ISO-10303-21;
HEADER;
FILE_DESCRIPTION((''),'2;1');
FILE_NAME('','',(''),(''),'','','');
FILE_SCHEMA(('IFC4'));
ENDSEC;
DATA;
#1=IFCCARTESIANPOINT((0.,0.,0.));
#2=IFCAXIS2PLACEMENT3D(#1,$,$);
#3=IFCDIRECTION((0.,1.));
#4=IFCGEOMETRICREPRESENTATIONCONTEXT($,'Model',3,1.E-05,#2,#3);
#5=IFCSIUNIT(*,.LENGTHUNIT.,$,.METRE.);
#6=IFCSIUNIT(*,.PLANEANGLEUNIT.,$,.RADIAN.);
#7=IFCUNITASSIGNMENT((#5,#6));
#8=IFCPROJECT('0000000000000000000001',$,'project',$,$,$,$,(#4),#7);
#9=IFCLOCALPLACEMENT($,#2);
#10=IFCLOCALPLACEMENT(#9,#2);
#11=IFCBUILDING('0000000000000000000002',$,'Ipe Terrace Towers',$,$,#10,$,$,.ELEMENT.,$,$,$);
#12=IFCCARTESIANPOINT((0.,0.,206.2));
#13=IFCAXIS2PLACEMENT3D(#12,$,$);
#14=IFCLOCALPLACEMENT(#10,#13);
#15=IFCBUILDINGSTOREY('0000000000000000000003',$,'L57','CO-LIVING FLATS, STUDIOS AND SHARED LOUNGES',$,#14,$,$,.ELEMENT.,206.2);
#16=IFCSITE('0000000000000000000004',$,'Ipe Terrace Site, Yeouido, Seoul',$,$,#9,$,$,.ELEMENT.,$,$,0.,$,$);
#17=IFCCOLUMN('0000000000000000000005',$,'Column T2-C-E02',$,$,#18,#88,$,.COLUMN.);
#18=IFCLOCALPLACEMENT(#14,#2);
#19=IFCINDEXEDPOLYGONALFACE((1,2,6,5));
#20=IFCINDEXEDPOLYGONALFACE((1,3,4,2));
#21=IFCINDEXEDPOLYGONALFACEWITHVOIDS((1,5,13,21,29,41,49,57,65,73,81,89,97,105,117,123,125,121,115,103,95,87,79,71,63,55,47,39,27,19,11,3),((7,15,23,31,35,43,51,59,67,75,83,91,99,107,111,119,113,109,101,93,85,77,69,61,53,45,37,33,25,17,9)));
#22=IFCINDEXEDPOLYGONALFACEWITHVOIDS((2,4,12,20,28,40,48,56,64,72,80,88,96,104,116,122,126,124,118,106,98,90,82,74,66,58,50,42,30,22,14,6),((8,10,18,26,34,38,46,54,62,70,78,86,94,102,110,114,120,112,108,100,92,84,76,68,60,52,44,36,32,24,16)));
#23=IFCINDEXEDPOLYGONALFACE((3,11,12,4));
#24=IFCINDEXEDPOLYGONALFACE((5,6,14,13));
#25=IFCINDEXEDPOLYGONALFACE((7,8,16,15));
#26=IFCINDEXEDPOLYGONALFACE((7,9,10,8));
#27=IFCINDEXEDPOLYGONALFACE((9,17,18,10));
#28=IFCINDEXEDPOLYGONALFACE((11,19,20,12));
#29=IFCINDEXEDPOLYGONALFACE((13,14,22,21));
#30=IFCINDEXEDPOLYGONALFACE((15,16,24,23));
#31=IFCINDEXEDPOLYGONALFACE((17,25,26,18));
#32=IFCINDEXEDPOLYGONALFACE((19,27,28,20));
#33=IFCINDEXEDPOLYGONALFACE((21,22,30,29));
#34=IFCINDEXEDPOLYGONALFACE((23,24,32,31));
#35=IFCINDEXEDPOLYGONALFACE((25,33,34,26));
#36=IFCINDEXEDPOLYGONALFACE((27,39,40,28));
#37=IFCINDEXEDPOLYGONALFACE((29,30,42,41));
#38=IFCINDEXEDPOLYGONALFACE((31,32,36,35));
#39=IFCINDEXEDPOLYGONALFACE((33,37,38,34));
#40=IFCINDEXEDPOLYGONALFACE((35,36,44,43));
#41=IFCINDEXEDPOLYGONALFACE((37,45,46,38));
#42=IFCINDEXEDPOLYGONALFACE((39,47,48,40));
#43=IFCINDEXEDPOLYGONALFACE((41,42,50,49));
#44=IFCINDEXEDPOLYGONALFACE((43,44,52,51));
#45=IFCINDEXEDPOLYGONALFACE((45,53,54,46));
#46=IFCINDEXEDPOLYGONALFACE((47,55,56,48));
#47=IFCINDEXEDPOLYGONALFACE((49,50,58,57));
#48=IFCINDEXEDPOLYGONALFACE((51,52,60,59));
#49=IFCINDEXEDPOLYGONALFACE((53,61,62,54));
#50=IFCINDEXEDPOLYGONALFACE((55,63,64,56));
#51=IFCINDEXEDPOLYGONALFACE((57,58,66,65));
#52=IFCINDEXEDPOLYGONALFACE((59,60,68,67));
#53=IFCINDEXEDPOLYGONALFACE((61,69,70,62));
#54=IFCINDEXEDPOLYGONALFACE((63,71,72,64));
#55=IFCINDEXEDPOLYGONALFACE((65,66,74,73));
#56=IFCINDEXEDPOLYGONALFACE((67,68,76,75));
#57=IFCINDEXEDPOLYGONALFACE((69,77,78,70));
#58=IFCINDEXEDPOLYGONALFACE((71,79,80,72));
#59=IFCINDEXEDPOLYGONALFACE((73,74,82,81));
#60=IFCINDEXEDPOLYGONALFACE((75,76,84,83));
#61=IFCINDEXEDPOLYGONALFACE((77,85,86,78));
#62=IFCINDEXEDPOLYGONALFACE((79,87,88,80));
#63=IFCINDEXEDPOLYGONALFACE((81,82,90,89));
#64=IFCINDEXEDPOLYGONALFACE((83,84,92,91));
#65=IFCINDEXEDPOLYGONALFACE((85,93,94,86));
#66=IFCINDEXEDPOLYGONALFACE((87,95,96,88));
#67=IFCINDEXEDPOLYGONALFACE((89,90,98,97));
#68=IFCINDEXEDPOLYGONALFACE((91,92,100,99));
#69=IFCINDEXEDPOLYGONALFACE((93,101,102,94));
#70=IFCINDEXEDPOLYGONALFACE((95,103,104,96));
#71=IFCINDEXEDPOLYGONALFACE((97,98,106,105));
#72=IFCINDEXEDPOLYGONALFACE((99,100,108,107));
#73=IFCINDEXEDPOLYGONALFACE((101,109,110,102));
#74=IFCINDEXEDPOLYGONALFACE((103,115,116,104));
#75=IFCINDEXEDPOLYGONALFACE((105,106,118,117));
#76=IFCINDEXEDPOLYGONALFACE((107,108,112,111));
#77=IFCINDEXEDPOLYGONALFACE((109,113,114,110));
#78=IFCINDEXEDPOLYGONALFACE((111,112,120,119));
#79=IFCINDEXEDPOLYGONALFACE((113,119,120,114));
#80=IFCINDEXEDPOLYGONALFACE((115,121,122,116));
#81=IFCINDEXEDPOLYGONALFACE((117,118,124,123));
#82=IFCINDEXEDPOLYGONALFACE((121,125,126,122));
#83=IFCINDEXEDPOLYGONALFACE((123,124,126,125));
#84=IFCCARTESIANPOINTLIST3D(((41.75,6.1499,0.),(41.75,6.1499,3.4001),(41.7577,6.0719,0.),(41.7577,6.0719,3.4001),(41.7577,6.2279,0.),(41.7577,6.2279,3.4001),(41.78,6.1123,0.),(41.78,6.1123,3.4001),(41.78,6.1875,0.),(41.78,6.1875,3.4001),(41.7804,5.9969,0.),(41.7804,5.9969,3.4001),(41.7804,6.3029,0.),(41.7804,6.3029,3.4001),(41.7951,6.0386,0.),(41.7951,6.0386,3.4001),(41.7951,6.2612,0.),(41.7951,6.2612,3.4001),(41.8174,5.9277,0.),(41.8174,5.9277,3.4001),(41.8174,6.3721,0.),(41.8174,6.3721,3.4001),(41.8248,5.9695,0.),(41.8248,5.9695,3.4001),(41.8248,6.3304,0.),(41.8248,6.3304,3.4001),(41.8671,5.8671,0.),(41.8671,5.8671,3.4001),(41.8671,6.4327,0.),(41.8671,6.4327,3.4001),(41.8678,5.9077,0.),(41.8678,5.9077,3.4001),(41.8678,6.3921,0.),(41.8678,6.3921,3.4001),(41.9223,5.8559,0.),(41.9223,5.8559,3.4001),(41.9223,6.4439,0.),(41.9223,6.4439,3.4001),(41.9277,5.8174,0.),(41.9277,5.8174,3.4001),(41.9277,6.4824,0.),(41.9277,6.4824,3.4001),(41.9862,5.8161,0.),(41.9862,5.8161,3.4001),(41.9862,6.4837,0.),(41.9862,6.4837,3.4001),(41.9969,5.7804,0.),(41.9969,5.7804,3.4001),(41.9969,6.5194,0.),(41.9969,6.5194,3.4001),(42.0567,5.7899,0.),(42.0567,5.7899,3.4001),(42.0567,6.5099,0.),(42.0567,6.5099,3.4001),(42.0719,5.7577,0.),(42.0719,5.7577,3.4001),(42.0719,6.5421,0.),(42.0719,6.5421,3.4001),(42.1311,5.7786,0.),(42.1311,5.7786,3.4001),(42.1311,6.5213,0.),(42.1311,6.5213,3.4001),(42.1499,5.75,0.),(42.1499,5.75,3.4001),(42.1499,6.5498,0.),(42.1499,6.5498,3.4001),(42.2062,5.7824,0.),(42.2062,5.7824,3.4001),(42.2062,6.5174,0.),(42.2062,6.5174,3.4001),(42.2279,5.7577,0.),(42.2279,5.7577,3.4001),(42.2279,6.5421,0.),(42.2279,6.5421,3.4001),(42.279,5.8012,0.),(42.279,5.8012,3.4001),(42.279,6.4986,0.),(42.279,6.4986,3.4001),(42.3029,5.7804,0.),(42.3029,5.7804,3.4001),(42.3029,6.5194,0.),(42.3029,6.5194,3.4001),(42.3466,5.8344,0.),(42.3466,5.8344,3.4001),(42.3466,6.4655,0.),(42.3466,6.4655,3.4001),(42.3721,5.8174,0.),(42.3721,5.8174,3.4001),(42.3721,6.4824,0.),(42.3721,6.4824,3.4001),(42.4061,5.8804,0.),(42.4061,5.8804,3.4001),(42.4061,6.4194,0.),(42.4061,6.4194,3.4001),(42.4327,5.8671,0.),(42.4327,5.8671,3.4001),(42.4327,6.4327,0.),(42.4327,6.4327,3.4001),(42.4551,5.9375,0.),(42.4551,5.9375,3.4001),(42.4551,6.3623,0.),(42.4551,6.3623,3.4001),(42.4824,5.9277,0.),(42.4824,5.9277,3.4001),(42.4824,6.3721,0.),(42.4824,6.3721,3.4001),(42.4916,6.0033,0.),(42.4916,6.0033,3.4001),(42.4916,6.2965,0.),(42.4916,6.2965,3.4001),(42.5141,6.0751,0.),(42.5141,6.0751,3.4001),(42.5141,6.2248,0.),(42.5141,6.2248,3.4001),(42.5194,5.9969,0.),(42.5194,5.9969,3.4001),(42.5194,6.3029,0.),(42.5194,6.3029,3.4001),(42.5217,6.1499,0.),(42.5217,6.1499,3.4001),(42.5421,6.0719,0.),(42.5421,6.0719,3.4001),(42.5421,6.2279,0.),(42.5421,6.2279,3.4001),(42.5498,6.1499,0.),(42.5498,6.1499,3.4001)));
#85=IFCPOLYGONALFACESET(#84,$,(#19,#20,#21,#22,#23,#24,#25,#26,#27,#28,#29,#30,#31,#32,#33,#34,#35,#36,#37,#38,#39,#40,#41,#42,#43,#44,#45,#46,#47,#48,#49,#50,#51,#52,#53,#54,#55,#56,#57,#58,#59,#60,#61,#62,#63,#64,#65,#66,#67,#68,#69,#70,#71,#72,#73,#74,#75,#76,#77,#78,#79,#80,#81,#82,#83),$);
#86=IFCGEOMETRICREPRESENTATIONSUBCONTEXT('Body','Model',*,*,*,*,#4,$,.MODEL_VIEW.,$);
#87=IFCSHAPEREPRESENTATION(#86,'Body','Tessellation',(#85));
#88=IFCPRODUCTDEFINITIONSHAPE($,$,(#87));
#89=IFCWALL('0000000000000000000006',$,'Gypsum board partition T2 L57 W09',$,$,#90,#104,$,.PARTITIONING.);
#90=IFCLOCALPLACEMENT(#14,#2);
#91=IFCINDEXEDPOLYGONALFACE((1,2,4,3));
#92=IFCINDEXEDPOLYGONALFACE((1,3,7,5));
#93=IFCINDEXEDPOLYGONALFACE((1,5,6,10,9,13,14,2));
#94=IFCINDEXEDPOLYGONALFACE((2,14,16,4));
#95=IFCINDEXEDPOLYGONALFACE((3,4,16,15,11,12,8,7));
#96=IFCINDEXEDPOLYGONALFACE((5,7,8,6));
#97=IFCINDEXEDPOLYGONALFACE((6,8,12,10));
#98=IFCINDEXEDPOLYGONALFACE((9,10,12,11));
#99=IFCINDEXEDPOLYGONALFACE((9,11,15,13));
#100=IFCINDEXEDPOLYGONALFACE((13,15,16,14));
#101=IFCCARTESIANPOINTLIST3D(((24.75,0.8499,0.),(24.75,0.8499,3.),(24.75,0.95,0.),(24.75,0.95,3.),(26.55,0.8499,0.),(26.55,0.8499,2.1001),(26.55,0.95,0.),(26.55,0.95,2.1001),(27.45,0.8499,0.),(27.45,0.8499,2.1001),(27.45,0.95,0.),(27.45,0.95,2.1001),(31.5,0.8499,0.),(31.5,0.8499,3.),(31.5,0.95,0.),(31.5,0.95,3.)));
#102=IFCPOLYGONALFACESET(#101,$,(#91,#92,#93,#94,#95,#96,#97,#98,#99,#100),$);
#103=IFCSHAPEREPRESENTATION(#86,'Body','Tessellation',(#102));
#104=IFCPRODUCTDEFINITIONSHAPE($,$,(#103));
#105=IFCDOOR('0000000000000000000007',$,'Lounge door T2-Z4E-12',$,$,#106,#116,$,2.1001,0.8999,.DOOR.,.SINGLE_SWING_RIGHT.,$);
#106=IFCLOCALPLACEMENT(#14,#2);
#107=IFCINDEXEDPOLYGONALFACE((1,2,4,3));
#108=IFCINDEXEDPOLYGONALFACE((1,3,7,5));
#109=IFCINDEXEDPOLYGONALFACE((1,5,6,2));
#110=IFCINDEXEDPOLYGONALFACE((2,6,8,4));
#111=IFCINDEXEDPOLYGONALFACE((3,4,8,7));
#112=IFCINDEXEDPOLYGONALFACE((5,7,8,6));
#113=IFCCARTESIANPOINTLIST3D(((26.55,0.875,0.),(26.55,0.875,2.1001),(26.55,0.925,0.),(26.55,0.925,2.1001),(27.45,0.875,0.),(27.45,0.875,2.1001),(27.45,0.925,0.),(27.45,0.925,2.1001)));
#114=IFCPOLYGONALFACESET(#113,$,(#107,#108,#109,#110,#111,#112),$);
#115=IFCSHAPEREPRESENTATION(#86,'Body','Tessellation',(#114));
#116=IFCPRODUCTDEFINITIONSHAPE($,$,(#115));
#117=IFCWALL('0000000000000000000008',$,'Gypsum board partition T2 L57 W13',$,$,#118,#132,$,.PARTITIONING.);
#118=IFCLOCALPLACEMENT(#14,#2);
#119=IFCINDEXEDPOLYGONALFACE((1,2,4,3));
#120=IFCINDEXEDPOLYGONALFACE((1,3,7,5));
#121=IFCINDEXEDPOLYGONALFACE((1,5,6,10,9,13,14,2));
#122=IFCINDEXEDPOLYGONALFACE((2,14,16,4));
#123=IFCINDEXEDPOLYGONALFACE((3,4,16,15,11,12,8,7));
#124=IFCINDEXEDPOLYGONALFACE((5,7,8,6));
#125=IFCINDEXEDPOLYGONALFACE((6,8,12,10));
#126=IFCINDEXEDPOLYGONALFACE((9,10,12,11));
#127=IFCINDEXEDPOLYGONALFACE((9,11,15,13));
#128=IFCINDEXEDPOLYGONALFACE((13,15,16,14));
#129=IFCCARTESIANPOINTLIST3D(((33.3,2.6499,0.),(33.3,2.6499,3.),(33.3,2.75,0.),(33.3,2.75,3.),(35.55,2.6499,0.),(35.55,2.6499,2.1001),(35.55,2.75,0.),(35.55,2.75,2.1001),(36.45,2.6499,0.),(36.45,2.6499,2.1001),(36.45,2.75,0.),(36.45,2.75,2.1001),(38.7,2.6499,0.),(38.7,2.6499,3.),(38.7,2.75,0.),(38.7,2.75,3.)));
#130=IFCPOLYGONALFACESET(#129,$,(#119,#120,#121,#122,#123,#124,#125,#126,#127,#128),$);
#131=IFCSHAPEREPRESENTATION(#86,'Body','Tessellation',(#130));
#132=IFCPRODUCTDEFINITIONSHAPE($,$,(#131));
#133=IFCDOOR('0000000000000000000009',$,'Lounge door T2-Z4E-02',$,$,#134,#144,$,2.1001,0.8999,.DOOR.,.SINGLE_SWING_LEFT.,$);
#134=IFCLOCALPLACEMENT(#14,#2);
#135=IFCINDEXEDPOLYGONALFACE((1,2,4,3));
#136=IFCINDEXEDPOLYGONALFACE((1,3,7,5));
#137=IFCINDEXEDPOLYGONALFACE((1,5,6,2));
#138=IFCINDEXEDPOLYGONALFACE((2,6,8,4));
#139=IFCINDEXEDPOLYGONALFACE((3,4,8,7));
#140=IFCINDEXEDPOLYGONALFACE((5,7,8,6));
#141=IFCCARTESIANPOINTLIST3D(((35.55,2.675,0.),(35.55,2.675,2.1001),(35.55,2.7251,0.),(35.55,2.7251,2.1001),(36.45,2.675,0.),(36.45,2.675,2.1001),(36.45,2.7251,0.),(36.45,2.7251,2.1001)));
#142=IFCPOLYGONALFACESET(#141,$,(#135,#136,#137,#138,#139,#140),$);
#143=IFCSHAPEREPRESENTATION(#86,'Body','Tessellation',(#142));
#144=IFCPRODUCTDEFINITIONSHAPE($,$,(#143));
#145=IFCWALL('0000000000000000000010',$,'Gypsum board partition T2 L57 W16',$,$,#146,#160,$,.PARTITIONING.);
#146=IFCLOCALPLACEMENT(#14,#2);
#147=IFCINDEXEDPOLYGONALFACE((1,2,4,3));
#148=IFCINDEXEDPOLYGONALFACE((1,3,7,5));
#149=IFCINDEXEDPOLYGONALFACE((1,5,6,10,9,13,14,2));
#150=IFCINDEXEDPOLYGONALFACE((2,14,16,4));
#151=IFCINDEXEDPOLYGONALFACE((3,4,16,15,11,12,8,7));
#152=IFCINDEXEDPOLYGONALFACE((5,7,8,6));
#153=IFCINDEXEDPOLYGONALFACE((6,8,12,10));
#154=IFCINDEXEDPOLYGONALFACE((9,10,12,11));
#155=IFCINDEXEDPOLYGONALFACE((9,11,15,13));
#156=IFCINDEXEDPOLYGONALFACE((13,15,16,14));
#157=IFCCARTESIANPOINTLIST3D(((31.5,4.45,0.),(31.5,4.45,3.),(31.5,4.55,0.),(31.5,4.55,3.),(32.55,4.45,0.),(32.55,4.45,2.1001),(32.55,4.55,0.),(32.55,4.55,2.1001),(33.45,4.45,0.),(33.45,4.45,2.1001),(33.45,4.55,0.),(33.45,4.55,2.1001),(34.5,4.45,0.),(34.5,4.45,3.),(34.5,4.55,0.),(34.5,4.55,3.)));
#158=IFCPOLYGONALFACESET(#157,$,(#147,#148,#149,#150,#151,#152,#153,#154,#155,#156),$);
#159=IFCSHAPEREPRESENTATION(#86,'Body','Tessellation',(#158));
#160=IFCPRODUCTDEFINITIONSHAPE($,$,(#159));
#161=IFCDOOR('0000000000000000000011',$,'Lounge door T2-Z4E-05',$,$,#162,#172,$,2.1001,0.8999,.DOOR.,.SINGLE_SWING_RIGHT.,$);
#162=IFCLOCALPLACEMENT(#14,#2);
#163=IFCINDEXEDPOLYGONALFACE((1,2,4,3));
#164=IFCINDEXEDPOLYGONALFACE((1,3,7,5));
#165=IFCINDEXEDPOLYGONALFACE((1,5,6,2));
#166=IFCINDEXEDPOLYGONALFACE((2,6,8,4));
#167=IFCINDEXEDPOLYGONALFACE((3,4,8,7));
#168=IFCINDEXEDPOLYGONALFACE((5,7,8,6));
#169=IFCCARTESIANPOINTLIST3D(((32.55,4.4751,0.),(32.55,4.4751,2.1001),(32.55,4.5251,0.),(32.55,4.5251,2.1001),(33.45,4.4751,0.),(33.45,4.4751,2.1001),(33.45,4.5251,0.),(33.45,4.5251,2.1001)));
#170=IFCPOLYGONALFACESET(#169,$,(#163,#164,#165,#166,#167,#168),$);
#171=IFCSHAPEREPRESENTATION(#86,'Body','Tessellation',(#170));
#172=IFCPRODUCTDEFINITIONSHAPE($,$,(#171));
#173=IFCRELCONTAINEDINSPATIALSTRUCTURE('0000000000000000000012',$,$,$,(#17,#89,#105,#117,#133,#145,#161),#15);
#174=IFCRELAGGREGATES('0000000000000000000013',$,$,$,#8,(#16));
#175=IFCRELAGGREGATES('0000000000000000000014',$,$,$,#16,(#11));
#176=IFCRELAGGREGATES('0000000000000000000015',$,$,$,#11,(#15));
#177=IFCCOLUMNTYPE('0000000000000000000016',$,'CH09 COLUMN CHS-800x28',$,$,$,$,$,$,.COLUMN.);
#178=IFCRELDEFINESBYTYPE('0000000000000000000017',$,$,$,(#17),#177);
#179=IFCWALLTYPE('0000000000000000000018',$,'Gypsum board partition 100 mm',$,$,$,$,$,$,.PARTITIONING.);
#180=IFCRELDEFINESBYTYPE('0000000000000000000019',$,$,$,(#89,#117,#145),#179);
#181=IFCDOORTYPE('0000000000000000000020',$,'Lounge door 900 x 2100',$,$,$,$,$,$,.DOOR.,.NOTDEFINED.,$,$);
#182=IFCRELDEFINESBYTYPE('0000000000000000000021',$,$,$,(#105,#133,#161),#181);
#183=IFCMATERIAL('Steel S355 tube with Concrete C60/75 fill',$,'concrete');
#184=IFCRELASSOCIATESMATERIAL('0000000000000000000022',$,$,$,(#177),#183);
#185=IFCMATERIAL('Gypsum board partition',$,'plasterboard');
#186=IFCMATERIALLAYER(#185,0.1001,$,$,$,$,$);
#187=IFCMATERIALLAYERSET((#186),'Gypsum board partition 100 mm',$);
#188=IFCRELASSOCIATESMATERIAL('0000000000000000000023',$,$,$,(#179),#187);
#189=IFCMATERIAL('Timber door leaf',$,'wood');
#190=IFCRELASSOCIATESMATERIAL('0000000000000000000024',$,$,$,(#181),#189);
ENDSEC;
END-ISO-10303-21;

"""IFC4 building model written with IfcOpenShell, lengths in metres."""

from ifc_helpers import new_model, si_unit, direction, frame, frame_2d, origin, origin_2d, place, context, subcontext, project, spatial, rectangle, hollow_circle, extrude, material, layer, layer_set, material_profile, profile_set, type_object, element, fill, save


model = new_model("IFC4")

# Units and contexts
model_context = context("Model", 3, precision=1e-05, world=origin(), true_north=direction((0.0, 1.0)))
body_context = subcontext(model_context, "Body", "Model", "MODEL_VIEW")
ifc_project = project(units=[si_unit("LENGTHUNIT", "METRE"), si_unit("PLANEANGLEUNIT", "RADIAN")], contexts=[model_context])

# Site, building, storey
site_placement = place(None, origin())
site = spatial("IfcSite", under=ifc_project, at=site_placement, Name="Ipe Terrace Site, Yeouido, Seoul", CompositionType="ELEMENT", RefElevation=0.0)
building_placement = place(site_placement, origin())
building = spatial("IfcBuilding", under=site, at=building_placement, Name="Ipe Terrace Towers", CompositionType="ELEMENT")
storey_placement = place(building_placement, frame((0.0, 0.0, 206.2)))
storey = spatial("IfcBuildingStorey", under=building, at=storey_placement, Name="L57", Description="CO-LIVING FLATS, STUDIOS AND SHARED LOUNGES", CompositionType="ELEMENT", Elevation=206.2)

# Column
ifc_material_1 = material(Name="Steel S355 tube with Concrete C60/75 fill", Category="concrete")
ifc_material_profile = material_profile(ifc_material_1, hollow_circle(Radius=0.3999, WallThickness=0.0281, at=origin_2d()), Name="CHS-800x28")
ifc_profile_set = profile_set([ifc_material_profile], Name="Steel S355 tube with Concrete C60/75 fill")
column_type = type_object("IfcColumnType", Name="CH09 COLUMN CHS-800x28", PredefinedType="COLUMN", material=ifc_profile_set)
column_placement = place(storey_placement, frame((42.1499, 6.1499, 0.0), z_axis=(0.0, 0.0, 1.0), x_axis=(1.0, 0.0, 0.0)))
element("IfcColumn", 1, at=column_placement, inside=storey, type_object=column_type, Name="Column T2-C-E02", PredefinedType="COLUMN", context=body_context, shape_type="SweptSolid", body=[
    extrude(hollow_circle(Radius=0.3999, WallThickness=0.0281, at=origin_2d()), origin(), (0.0, 0.0, 1.0), 3.4001),
])

# Walls, openings, doors
ifc_material_2 = material(Name="Gypsum board partition", Category="plasterboard")
ifc_layer_1 = layer(ifc_material_2, 0.1001)
ifc_layer_set_1 = layer_set([ifc_layer_1], Name="Gypsum board partition 100 mm")
wall_type_1 = type_object("IfcWallType", Name="Gypsum board partition 100 mm", PredefinedType="PARTITIONING", material=ifc_layer_set_1)
wall_1_placement = place(storey_placement, frame((31.5, 0.8999, 0.0), z_axis=(0.0, 0.0, 1.0), x_axis=(-1.0, 0.0, 0.0)))
wall_1 = element("IfcWall", 2, at=wall_1_placement, inside=storey, type_object=wall_type_1, Name="Gypsum board partition T2 L57 W09", PredefinedType="PARTITIONING", context=body_context, shape_type="SweptSolid", body=[
    extrude(rectangle(XDim=6.75, YDim=0.1001, at=frame_2d((3.375, 0.0))), origin(), (0.0, 0.0, 1.0), 3.0),
])
opening_1_placement = place(wall_1_placement, frame((4.05, 0.0, 0.0)))
opening_1 = element("IfcOpeningElement", 3, at=opening_1_placement, cuts=wall_1, PredefinedType="OPENING", context=body_context, shape_type="SweptSolid", body=[
    extrude(rectangle(XDim=0.8999, YDim=2.1001, at=frame_2d((0.45, 1.05))), frame((0.0, 0.0601, 0.0), z_axis=(0.0, -1.0, 0.0), x_axis=(1.0, 0.0, 0.0)), (0.0, 0.0, 1.0), 0.1201),
])
ifc_material_3 = material(Name="Timber door leaf", Category="wood")
door_type_1 = type_object("IfcDoorType", Name="Lounge door 900 x 2100", OperationType="NOTDEFINED", PredefinedType="DOOR", material=ifc_material_3)
door_1_placement = place(opening_1_placement, origin())
door_1 = element("IfcDoor", 4, at=door_1_placement, inside=storey, type_object=door_type_1, Name="Lounge door T2-Z4E-12", OperationType="SINGLE_SWING_RIGHT", OverallHeight=2.1001, OverallWidth=0.8999, PredefinedType="DOOR", context=body_context, shape_type="SweptSolid", body=[
    extrude(rectangle(XDim=0.8999, YDim=2.1001, at=frame_2d((0.45, 1.05))), frame((0.0, 0.0249, 0.0), z_axis=(0.0, -1.0, 0.0), x_axis=(1.0, 0.0, 0.0)), (0.0, 0.0, 1.0), 0.05),
])
fill(opening_1, door_1)
wall_2_placement = place(storey_placement, frame((38.7, 2.7, 0.0), z_axis=(0.0, 0.0, 1.0), x_axis=(-1.0, 0.0, 0.0)))
wall_2 = element("IfcWall", 5, at=wall_2_placement, inside=storey, type_object=wall_type_1, Name="Gypsum board partition T2 L57 W13", PredefinedType="PARTITIONING", context=body_context, shape_type="SweptSolid", body=[
    extrude(rectangle(XDim=5.3999, YDim=0.1001, at=frame_2d((2.7, 0.0))), origin(), (0.0, 0.0, 1.0), 3.0),
])
opening_2_placement = place(wall_2_placement, frame((2.25, 0.0, 0.0)))
opening_2 = element("IfcOpeningElement", 6, at=opening_2_placement, cuts=wall_2, PredefinedType="OPENING", context=body_context, shape_type="SweptSolid", body=[
    extrude(rectangle(XDim=0.8999, YDim=2.1001, at=frame_2d((0.45, 1.05))), frame((0.0, 0.0601, 0.0), z_axis=(0.0, -1.0, 0.0), x_axis=(1.0, 0.0, 0.0)), (0.0, 0.0, 1.0), 0.1201),
])
door_2_placement = place(opening_2_placement, origin())
door_2 = element("IfcDoor", 7, at=door_2_placement, inside=storey, type_object=door_type_1, Name="Lounge door T2-Z4E-02", OperationType="SINGLE_SWING_LEFT", OverallHeight=2.1001, OverallWidth=0.8999, PredefinedType="DOOR", context=body_context, shape_type="SweptSolid", body=[
    extrude(rectangle(XDim=0.8999, YDim=2.1001, at=frame_2d((0.45, 1.05))), frame((0.0, 0.0249, 0.0), z_axis=(0.0, -1.0, 0.0), x_axis=(1.0, 0.0, 0.0)), (0.0, 0.0, 1.0), 0.05),
])
fill(opening_2, door_2)
wall_3_placement = place(storey_placement, frame((34.5, 4.5, 0.0), z_axis=(0.0, 0.0, 1.0), x_axis=(-1.0, 0.0, 0.0)))
wall_3 = element("IfcWall", 8, at=wall_3_placement, inside=storey, type_object=wall_type_1, Name="Gypsum board partition T2 L57 W16", PredefinedType="PARTITIONING", context=body_context, shape_type="SweptSolid", body=[
    extrude(rectangle(XDim=3.0, YDim=0.1001, at=frame_2d((1.5, 0.0))), origin(), (0.0, 0.0, 1.0), 3.0),
])
opening_3_placement = place(wall_3_placement, frame((1.05, 0.0, 0.0)))
opening_3 = element("IfcOpeningElement", 9, at=opening_3_placement, cuts=wall_3, PredefinedType="OPENING", context=body_context, shape_type="SweptSolid", body=[
    extrude(rectangle(XDim=0.8999, YDim=2.1001, at=frame_2d((0.45, 1.05))), frame((0.0, 0.0601, 0.0), z_axis=(0.0, -1.0, 0.0), x_axis=(1.0, 0.0, 0.0)), (0.0, 0.0, 1.0), 0.1201),
])
door_3_placement = place(opening_3_placement, origin())
door_3 = element("IfcDoor", 10, at=door_3_placement, inside=storey, type_object=door_type_1, Name="Lounge door T2-Z4E-05", OperationType="SINGLE_SWING_RIGHT", OverallHeight=2.1001, OverallWidth=0.8999, PredefinedType="DOOR", context=body_context, shape_type="SweptSolid", body=[
    extrude(rectangle(XDim=0.8999, YDim=2.1001, at=frame_2d((0.45, 1.05))), frame((0.0, 0.0249, 0.0), z_axis=(0.0, -1.0, 0.0), x_axis=(1.0, 0.0, 0.0)), (0.0, 0.0, 1.0), 0.05),
])
fill(opening_3, door_3)

save(model, "model.ifc")
